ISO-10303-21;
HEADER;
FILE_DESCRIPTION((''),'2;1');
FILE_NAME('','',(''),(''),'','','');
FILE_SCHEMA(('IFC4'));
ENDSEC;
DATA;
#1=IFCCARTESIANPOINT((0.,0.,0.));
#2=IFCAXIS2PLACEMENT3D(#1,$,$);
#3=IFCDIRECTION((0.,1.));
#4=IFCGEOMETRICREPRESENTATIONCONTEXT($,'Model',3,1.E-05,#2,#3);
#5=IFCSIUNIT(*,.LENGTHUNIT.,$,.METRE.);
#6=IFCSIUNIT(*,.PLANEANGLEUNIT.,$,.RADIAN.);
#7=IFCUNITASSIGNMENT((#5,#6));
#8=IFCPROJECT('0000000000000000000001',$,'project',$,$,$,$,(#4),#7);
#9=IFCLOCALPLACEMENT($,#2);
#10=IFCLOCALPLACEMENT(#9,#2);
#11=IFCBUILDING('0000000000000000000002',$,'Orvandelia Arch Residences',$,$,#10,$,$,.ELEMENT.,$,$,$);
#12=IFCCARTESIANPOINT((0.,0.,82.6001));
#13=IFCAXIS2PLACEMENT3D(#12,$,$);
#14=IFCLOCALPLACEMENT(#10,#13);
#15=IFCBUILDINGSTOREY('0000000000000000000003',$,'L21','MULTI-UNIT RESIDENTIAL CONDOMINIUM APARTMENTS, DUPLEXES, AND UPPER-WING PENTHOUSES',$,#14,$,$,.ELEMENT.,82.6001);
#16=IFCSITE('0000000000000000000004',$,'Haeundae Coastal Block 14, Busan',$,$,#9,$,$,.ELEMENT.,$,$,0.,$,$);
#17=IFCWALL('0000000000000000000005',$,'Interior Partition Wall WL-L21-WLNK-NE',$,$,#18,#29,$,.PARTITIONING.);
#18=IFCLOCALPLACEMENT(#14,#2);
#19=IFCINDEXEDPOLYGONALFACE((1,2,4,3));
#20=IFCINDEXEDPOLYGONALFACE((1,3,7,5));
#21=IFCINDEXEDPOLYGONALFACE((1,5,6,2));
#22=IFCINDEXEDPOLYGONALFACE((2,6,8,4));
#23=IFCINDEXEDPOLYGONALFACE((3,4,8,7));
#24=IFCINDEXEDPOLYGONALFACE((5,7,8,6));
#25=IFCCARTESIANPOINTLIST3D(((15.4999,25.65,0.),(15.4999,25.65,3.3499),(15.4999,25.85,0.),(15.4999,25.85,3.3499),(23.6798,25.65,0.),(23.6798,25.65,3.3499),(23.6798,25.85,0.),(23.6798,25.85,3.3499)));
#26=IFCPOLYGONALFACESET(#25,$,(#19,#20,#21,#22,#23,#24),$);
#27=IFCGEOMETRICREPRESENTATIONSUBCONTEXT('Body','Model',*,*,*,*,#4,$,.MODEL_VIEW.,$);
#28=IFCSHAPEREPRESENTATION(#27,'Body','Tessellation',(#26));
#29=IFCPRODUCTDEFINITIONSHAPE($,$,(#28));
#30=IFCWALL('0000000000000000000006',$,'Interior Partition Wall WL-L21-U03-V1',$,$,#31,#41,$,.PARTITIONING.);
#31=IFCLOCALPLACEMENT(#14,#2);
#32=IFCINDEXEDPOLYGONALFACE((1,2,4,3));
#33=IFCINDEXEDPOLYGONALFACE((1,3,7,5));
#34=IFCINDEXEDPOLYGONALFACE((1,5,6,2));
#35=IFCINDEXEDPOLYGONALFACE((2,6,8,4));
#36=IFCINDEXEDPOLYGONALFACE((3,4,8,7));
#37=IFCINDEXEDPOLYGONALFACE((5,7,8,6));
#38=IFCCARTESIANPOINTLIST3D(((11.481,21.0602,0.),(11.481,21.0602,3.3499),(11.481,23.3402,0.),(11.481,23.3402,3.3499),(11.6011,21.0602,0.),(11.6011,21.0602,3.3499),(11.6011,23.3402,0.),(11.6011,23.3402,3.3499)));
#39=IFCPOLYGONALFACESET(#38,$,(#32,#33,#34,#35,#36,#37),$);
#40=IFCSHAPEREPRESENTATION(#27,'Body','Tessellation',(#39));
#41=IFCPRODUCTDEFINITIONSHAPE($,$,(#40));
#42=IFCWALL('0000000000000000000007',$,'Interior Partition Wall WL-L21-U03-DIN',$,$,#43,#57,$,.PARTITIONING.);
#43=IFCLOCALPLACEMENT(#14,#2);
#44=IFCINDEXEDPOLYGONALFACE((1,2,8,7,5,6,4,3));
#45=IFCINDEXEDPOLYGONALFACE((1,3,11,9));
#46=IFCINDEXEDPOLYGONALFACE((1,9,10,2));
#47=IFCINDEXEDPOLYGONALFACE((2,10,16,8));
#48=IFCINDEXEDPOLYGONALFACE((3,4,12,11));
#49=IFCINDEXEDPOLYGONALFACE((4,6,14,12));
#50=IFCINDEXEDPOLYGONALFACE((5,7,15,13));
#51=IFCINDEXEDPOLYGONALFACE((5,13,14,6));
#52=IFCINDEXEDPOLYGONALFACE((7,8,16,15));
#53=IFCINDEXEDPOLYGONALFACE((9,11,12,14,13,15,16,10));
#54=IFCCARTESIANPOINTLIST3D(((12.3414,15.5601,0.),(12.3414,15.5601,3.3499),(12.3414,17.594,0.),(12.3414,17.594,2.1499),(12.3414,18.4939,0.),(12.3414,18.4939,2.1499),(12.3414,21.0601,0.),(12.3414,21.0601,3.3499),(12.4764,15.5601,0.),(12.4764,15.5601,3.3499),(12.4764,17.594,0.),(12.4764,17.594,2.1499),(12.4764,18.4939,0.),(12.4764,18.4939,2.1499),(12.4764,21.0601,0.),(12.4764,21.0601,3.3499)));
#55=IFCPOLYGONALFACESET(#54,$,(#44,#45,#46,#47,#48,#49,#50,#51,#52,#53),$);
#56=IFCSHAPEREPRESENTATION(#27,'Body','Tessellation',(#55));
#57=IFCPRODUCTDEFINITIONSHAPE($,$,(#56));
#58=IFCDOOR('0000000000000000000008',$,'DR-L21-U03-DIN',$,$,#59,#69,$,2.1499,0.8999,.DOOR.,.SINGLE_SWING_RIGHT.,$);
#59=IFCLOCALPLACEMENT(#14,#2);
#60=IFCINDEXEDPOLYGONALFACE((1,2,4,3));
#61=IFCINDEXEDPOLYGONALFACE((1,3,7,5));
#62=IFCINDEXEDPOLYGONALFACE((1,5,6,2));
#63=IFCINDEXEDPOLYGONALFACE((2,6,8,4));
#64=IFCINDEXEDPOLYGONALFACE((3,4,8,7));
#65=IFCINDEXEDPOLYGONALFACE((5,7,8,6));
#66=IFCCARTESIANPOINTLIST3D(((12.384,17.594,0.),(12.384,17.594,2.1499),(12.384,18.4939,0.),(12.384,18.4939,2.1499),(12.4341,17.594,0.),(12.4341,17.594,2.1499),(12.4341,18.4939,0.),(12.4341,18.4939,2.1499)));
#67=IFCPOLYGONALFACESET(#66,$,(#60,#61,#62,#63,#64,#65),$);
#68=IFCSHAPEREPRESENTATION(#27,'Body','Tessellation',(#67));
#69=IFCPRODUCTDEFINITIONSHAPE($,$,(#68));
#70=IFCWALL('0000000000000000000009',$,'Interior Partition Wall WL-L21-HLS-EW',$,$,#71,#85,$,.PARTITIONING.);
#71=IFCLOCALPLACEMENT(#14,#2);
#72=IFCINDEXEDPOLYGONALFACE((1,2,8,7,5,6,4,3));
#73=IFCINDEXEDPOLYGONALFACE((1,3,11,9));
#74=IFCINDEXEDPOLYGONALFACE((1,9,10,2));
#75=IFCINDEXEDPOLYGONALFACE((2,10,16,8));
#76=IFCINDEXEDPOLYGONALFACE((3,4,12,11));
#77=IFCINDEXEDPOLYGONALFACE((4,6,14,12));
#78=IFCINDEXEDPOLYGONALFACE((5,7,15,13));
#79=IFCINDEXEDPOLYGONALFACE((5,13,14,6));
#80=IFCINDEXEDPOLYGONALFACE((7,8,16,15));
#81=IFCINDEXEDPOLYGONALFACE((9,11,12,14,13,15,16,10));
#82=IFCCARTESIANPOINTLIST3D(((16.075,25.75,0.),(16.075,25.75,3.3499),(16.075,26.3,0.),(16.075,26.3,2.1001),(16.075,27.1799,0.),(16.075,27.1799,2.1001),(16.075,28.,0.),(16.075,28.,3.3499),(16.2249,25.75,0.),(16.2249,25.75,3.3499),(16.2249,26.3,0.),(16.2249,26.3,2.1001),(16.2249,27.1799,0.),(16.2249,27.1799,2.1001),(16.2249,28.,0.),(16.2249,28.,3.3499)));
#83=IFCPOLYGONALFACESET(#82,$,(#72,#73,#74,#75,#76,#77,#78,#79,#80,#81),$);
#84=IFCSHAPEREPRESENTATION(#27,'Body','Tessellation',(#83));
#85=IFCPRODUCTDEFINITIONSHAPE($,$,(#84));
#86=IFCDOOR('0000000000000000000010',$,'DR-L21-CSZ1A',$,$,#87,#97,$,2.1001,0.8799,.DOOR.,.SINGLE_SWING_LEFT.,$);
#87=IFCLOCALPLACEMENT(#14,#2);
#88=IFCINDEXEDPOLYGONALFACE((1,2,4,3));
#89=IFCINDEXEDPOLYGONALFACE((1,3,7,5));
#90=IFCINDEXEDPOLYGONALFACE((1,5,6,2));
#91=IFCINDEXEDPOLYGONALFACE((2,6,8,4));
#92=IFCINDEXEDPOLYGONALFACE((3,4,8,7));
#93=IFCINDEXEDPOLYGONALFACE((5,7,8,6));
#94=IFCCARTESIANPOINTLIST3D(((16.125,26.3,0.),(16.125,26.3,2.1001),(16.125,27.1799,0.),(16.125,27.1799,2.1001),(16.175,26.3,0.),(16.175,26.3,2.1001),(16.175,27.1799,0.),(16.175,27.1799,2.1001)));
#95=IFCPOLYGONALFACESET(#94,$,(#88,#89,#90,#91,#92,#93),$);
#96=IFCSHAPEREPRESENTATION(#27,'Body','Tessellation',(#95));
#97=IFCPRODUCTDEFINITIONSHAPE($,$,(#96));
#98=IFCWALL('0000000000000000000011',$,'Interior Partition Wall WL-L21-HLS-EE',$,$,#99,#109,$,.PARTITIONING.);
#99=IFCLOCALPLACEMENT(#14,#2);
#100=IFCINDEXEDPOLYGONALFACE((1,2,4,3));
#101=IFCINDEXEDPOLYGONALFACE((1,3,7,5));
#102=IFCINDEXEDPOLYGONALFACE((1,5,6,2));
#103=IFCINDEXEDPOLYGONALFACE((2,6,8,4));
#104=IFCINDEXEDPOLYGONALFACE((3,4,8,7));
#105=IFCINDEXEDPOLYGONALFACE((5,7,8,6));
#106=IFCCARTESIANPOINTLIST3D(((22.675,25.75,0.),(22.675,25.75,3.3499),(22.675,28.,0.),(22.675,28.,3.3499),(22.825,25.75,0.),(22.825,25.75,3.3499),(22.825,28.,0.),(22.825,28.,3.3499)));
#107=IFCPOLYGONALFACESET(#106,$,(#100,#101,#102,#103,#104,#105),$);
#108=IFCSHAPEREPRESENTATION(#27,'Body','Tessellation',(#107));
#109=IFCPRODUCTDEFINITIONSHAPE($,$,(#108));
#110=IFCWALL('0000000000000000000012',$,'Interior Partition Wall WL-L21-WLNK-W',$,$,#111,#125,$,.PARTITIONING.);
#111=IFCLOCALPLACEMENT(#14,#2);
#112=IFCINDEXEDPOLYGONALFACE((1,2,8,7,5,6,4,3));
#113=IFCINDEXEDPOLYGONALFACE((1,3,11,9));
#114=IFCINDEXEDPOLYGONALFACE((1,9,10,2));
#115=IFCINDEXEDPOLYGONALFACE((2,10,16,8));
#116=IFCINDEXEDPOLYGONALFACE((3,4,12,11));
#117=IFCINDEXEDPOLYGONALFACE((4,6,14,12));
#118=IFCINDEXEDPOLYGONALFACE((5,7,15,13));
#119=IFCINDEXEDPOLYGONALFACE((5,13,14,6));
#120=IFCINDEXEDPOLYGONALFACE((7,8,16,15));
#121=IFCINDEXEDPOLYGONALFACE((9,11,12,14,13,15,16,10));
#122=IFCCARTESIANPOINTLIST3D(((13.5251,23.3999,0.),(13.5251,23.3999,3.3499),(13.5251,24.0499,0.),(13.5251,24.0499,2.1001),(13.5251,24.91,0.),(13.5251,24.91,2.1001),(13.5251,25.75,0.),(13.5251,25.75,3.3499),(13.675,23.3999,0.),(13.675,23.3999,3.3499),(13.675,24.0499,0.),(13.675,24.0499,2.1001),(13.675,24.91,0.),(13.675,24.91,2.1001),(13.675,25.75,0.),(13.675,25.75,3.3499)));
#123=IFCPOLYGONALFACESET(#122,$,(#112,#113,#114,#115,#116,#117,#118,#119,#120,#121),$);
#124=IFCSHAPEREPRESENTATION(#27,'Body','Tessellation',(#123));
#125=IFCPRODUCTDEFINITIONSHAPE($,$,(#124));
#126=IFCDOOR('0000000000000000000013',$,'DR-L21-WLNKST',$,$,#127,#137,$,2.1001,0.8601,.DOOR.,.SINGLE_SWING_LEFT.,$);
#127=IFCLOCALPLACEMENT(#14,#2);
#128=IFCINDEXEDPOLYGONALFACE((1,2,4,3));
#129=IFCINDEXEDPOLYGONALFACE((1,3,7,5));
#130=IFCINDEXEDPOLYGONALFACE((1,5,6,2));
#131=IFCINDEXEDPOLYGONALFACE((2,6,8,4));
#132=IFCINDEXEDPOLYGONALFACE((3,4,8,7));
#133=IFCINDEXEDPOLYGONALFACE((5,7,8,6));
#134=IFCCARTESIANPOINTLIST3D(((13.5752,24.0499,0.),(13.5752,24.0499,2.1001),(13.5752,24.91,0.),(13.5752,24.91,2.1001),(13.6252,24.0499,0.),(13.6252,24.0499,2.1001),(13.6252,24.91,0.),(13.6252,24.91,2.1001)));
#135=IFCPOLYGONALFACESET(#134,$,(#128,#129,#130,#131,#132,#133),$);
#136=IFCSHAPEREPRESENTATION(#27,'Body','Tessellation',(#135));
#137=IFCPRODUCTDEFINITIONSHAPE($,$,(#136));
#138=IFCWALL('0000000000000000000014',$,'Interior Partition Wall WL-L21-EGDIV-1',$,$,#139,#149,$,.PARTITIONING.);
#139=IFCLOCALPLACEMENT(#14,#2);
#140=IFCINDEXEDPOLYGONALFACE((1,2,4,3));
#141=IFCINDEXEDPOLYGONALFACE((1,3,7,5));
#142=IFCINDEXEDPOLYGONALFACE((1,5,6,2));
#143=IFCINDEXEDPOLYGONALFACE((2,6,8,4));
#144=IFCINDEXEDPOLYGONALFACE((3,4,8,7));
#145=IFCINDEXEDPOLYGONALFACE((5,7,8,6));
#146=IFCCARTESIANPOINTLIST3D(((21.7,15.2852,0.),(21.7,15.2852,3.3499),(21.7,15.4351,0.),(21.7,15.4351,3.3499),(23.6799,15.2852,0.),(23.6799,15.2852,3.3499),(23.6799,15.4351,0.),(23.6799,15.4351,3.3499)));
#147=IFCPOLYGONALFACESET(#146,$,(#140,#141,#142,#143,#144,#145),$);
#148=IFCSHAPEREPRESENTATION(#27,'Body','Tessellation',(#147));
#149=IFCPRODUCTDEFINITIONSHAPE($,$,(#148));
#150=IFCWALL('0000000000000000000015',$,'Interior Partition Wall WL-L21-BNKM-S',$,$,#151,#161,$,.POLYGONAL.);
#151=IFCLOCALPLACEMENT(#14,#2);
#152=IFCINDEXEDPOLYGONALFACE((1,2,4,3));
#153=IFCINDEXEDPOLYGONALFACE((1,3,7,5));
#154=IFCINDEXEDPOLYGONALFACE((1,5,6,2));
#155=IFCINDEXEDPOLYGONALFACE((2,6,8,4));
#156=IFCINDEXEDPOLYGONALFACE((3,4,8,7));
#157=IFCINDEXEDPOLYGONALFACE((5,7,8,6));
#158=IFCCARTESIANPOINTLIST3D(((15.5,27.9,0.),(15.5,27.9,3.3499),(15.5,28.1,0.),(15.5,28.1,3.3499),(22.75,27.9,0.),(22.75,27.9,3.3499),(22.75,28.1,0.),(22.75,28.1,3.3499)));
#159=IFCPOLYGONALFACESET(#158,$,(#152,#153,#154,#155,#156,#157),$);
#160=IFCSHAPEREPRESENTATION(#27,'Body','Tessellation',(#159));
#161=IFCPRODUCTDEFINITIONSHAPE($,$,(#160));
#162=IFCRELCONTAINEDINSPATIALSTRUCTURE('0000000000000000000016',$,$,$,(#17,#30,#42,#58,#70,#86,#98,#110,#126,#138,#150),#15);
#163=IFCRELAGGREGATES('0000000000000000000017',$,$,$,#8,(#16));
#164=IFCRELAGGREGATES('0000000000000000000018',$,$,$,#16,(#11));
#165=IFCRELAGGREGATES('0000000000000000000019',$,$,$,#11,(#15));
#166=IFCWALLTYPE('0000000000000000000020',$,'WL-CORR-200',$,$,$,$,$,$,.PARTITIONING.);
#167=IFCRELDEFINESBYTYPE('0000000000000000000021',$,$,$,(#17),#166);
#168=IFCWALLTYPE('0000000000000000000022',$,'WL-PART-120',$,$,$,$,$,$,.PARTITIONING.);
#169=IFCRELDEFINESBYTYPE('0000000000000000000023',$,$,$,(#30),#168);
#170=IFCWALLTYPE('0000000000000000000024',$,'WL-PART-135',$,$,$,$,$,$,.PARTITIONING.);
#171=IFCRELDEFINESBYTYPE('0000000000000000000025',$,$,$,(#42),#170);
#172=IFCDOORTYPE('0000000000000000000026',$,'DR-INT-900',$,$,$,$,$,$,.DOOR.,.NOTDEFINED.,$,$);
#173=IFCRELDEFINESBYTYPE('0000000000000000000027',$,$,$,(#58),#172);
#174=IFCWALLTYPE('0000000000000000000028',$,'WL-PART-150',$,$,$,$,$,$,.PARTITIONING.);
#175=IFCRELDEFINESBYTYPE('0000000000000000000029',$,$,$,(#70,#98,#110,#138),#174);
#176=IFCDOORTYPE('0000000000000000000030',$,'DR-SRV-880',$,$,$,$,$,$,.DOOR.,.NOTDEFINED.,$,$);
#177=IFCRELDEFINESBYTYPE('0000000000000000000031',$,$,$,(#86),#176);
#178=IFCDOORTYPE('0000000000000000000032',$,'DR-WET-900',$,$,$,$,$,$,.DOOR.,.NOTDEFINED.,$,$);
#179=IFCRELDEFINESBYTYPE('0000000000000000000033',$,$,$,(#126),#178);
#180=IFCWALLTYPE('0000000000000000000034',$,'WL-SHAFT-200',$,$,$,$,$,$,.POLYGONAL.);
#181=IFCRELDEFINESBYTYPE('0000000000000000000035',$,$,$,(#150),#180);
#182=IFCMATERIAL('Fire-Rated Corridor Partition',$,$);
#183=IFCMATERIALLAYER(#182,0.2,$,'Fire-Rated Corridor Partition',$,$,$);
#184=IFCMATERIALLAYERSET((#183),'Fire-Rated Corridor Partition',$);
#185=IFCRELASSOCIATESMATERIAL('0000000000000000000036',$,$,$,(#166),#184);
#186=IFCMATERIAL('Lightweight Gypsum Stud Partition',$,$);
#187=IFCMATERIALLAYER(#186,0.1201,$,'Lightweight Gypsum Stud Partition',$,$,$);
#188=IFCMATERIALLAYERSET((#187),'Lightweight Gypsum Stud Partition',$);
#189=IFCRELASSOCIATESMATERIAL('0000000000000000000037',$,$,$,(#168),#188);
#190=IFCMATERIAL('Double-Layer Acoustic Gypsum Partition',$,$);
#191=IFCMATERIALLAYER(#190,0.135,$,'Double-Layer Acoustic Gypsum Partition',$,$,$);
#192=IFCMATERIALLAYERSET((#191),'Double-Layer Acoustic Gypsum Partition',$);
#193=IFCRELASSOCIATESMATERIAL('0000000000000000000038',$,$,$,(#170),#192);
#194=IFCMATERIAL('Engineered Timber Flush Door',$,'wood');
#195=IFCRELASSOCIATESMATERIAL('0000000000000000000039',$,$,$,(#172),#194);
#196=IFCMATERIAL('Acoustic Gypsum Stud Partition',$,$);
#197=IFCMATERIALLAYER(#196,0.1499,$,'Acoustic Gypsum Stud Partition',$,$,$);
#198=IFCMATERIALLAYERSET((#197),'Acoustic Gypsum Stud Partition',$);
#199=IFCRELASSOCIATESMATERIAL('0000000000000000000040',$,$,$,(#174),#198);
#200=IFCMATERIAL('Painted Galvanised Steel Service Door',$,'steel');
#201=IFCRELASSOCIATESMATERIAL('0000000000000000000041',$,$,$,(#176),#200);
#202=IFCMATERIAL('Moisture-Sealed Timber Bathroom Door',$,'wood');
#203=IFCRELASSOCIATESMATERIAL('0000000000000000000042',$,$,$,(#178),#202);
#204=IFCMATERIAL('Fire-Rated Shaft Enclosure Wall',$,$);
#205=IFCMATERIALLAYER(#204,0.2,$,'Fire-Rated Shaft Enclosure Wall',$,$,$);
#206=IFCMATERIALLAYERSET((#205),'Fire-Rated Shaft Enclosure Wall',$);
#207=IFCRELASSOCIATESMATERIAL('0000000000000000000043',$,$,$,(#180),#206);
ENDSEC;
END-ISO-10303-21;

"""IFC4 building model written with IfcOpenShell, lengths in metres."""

from ifc_helpers import new_model, si_unit, direction, frame, frame_2d, origin, place, context, subcontext, project, spatial, rectangle, extrude, material, layer, layer_set, type_object, element, fill, save


model = new_model("IFC4")

# Units and contexts
model_context = context("Model", 3, precision=1e-05, world=origin(), true_north=direction((0.0, 1.0)))
body_context = subcontext(model_context, "Body", "Model", "MODEL_VIEW")
ifc_project = project(units=[si_unit("LENGTHUNIT", "METRE"), si_unit("PLANEANGLEUNIT", "RADIAN")], contexts=[model_context])

# Site, building, storey
site_placement = place(None, origin())
site = spatial("IfcSite", under=ifc_project, at=site_placement, Name="Haeundae Coastal Block 14, Busan", CompositionType="ELEMENT", RefElevation=0.0)
building_placement = place(site_placement, origin())
building = spatial("IfcBuilding", under=site, at=building_placement, Name="Orvandelia Arch Residences", CompositionType="ELEMENT")
storey_placement = place(building_placement, frame((0.0, 0.0, 82.6001)))
storey = spatial("IfcBuildingStorey", under=building, at=storey_placement, Name="L21", Description="MULTI-UNIT RESIDENTIAL CONDOMINIUM APARTMENTS, DUPLEXES, AND UPPER-WING PENTHOUSES", CompositionType="ELEMENT", Elevation=82.6001)

# Walls
ifc_material_1 = material(Name="Fire-Rated Corridor Partition")
ifc_layer_1 = layer(ifc_material_1, 0.2, Name="Fire-Rated Corridor Partition")
ifc_layer_set_1 = layer_set([ifc_layer_1], Name="Fire-Rated Corridor Partition")
wall_type_1 = type_object("IfcWallType", Name="WL-CORR-200", PredefinedType="PARTITIONING", material=ifc_layer_set_1)
wall_1_placement = place(storey_placement, frame((15.5, 25.75, 0.0), z_axis=(0.0, 0.0, 1.0), x_axis=(1.0, 0.0, 0.0)))
element("IfcWall", 1, at=wall_1_placement, inside=storey, type_object=wall_type_1, Name="Interior Partition Wall WL-L21-WLNK-NE", PredefinedType="PARTITIONING", context=body_context, shape_type="SweptSolid", body=[
    extrude(rectangle(XDim=8.1799, YDim=0.2, at=frame_2d((4.0898, 0.0))), origin(), (0.0, 0.0, 1.0), 3.3499),
])
ifc_material_2 = material(Name="Lightweight Gypsum Stud Partition")
ifc_layer_2 = layer(ifc_material_2, 0.1201, Name="Lightweight Gypsum Stud Partition")
ifc_layer_set_2 = layer_set([ifc_layer_2], Name="Lightweight Gypsum Stud Partition")
wall_type_2 = type_object("IfcWallType", Name="WL-PART-120", PredefinedType="PARTITIONING", material=ifc_layer_set_2)
wall_2_placement = place(storey_placement, frame((11.541, 21.0601, 0.0), z_axis=(0.0, 0.0, 1.0), x_axis=(0.0, 1.0, 0.0)))
element("IfcWall", 2, at=wall_2_placement, inside=storey, type_object=wall_type_2, Name="Interior Partition Wall WL-L21-U03-V1", PredefinedType="PARTITIONING", context=body_context, shape_type="SweptSolid", body=[
    extrude(rectangle(XDim=2.28, YDim=0.1201, at=frame_2d((1.1401, 0.0))), origin(), (0.0, 0.0, 1.0), 3.3499),
])

# Walls, openings, doors
ifc_material_3 = material(Name="Double-Layer Acoustic Gypsum Partition")
ifc_layer_3 = layer(ifc_material_3, 0.135, Name="Double-Layer Acoustic Gypsum Partition")
ifc_layer_set_3 = layer_set([ifc_layer_3], Name="Double-Layer Acoustic Gypsum Partition")
wall_type_3 = type_object("IfcWallType", Name="WL-PART-135", PredefinedType="PARTITIONING", material=ifc_layer_set_3)
wall_3_placement = place(storey_placement, frame((12.4089, 15.5601, 0.0), z_axis=(0.0, 0.0, 1.0), x_axis=(0.0, 1.0, 0.0)))
wall_3 = element("IfcWall", 3, at=wall_3_placement, inside=storey, type_object=wall_type_3, Name="Interior Partition Wall WL-L21-U03-DIN", PredefinedType="PARTITIONING", context=body_context, shape_type="SweptSolid", body=[
    extrude(rectangle(XDim=5.5, YDim=0.135, at=frame_2d((2.75, 0.0))), origin(), (0.0, 0.0, 1.0), 3.3499),
])
opening_1_placement = place(wall_3_placement, frame((2.0339, 0.0, 0.0)))
opening_1 = element("IfcOpeningElement", 4, at=opening_1_placement, cuts=wall_3, PredefinedType="OPENING", context=body_context, shape_type="SweptSolid", body=[
    extrude(rectangle(XDim=0.8999, YDim=2.1499, at=frame_2d((0.45, 1.075))), frame((0.0, 0.0776, 0.0), z_axis=(0.0, -1.0, 0.0), x_axis=(1.0, 0.0, 0.0)), (0.0, 0.0, 1.0), 0.155),
])
ifc_material_4 = material(Name="Engineered Timber Flush Door", Category="wood")
door_type_1 = type_object("IfcDoorType", Name="DR-INT-900", OperationType="NOTDEFINED", PredefinedType="DOOR", material=ifc_material_4)
door_1_placement = place(opening_1_placement, origin())
door_1 = element("IfcDoor", 5, at=door_1_placement, inside=storey, type_object=door_type_1, Name="DR-L21-U03-DIN", OperationType="SINGLE_SWING_RIGHT", OverallHeight=2.1499, OverallWidth=0.8999, PredefinedType="DOOR", context=body_context, shape_type="SweptSolid", body=[
    extrude(rectangle(XDim=0.8999, YDim=2.1499, at=frame_2d((0.45, 1.075))), frame((0.0, 0.0249, 0.0), z_axis=(0.0, -1.0, 0.0), x_axis=(1.0, 0.0, 0.0)), (0.0, 0.0, 1.0), 0.05),
])
fill(opening_1, door_1)
ifc_material_5 = material(Name="Acoustic Gypsum Stud Partition")
ifc_layer_4 = layer(ifc_material_5, 0.1499, Name="Acoustic Gypsum Stud Partition")
ifc_layer_set_4 = layer_set([ifc_layer_4], Name="Acoustic Gypsum Stud Partition")
wall_type_4 = type_object("IfcWallType", Name="WL-PART-150", PredefinedType="PARTITIONING", material=ifc_layer_set_4)
wall_4_placement = place(storey_placement, frame((16.1499, 25.75, 0.0), z_axis=(0.0, 0.0, 1.0), x_axis=(0.0, 1.0, 0.0)))
wall_4 = element("IfcWall", 6, at=wall_4_placement, inside=storey, type_object=wall_type_4, Name="Interior Partition Wall WL-L21-HLS-EW", PredefinedType="PARTITIONING", context=body_context, shape_type="SweptSolid", body=[
    extrude(rectangle(XDim=2.25, YDim=0.1499, at=frame_2d((1.125, 0.0))), origin(), (0.0, 0.0, 1.0), 3.3499),
])
opening_2_placement = place(wall_4_placement, frame((0.55, 0.0, 0.0)))
opening_2 = element("IfcOpeningElement", 7, at=opening_2_placement, cuts=wall_4, PredefinedType="OPENING", context=body_context, shape_type="SweptSolid", body=[
    extrude(rectangle(XDim=0.8799, YDim=2.1001, at=frame_2d((0.4399, 1.05))), frame((0.0, 0.085, 0.0), z_axis=(0.0, -1.0, 0.0), x_axis=(1.0, 0.0, 0.0)), (0.0, 0.0, 1.0), 0.1699),
])
ifc_material_6 = material(Name="Painted Galvanised Steel Service Door", Category="steel")
door_type_2 = type_object("IfcDoorType", Name="DR-SRV-880", OperationType="NOTDEFINED", PredefinedType="DOOR", material=ifc_material_6)
door_2_placement = place(opening_2_placement, origin())
door_2 = element("IfcDoor", 8, at=door_2_placement, inside=storey, type_object=door_type_2, Name="DR-L21-CSZ1A", OperationType="SINGLE_SWING_LEFT", OverallHeight=2.1001, OverallWidth=0.8799, PredefinedType="DOOR", context=body_context, shape_type="SweptSolid", body=[
    extrude(rectangle(XDim=0.8799, YDim=2.1001, at=frame_2d((0.4399, 1.05))), frame((0.0, 0.0249, 0.0), z_axis=(0.0, -1.0, 0.0), x_axis=(1.0, 0.0, 0.0)), (0.0, 0.0, 1.0), 0.05),
])
fill(opening_2, door_2)

# Wall
wall_5_placement = place(storey_placement, frame((22.75, 25.75, 0.0), z_axis=(0.0, 0.0, 1.0), x_axis=(0.0, 1.0, 0.0)))
element("IfcWall", 9, at=wall_5_placement, inside=storey, type_object=wall_type_4, Name="Interior Partition Wall WL-L21-HLS-EE", PredefinedType="PARTITIONING", context=body_context, shape_type="SweptSolid", body=[
    extrude(rectangle(XDim=2.25, YDim=0.1499, at=frame_2d((1.125, 0.0))), origin(), (0.0, 0.0, 1.0), 3.3499),
])

# Wall, opening, door
wall_6_placement = place(storey_placement, frame((13.6001, 23.3999, 0.0), z_axis=(0.0, 0.0, 1.0), x_axis=(0.0, 1.0, 0.0)))
wall_6 = element("IfcWall", 10, at=wall_6_placement, inside=storey, type_object=wall_type_4, Name="Interior Partition Wall WL-L21-WLNK-W", PredefinedType="PARTITIONING", context=body_context, shape_type="SweptSolid", body=[
    extrude(rectangle(XDim=2.3501, YDim=0.1499, at=frame_2d((1.175, 0.0))), origin(), (0.0, 0.0, 1.0), 3.3499),
])
opening_3_placement = place(wall_6_placement, frame((0.6499, 0.0, 0.0)))
opening_3 = element("IfcOpeningElement", 11, at=opening_3_placement, cuts=wall_6, PredefinedType="OPENING", context=body_context, shape_type="SweptSolid", body=[
    extrude(rectangle(XDim=0.8601, YDim=2.1001, at=frame_2d((0.4302, 1.05))), frame((0.0, 0.085, 0.0), z_axis=(0.0, -1.0, 0.0), x_axis=(1.0, 0.0, 0.0)), (0.0, 0.0, 1.0), 0.1699),
])
ifc_material_7 = material(Name="Moisture-Sealed Timber Bathroom Door", Category="wood")
door_type_3 = type_object("IfcDoorType", Name="DR-WET-900", OperationType="NOTDEFINED", PredefinedType="DOOR", material=ifc_material_7)
door_3_placement = place(opening_3_placement, origin())
door_3 = element("IfcDoor", 12, at=door_3_placement, inside=storey, type_object=door_type_3, Name="DR-L21-WLNKST", OperationType="SINGLE_SWING_LEFT", OverallHeight=2.1001, OverallWidth=0.8601, PredefinedType="DOOR", context=body_context, shape_type="SweptSolid", body=[
    extrude(rectangle(XDim=0.8601, YDim=2.1001, at=frame_2d((0.4302, 1.05))), frame((0.0, 0.0249, 0.0), z_axis=(0.0, -1.0, 0.0), x_axis=(1.0, 0.0, 0.0)), (0.0, 0.0, 1.0), 0.05),
])
fill(opening_3, door_3)

# Wall
wall_7_placement = place(storey_placement, frame((21.7, 15.3601, 0.0), z_axis=(0.0, 0.0, 1.0), x_axis=(1.0, 0.0, 0.0)))
element("IfcWall", 13, at=wall_7_placement, inside=storey, type_object=wall_type_4, Name="Interior Partition Wall WL-L21-EGDIV-1", PredefinedType="PARTITIONING", context=body_context, shape_type="SweptSolid", body=[
    extrude(rectangle(XDim=1.98, YDim=0.1499, at=frame_2d((0.99, 0.0))), origin(), (0.0, 0.0, 1.0), 3.3499),
])

# Shared definitions
ifc_material_8 = material(Name="Fire-Rated Shaft Enclosure Wall")
ifc_layer_5 = layer(ifc_material_8, 0.2, Name="Fire-Rated Shaft Enclosure Wall")
ifc_layer_set_5 = layer_set([ifc_layer_5], Name="Fire-Rated Shaft Enclosure Wall")
wall_type_5 = type_object("IfcWallType", Name="WL-SHAFT-200", PredefinedType="POLYGONAL", material=ifc_layer_set_5)

# Wall
wall_8_placement = place(storey_placement, frame((15.5, 28.0, 0.0), z_axis=(0.0, 0.0, 1.0), x_axis=(1.0, 0.0, 0.0)))
element("IfcWall", 14, at=wall_8_placement, inside=storey, type_object=wall_type_5, Name="Interior Partition Wall WL-L21-BNKM-S", PredefinedType="POLYGONAL", context=body_context, shape_type="SweptSolid", body=[
    extrude(rectangle(XDim=7.25, YDim=0.2, at=frame_2d((3.625, 0.0))), origin(), (0.0, 0.0, 1.0), 3.3499),
])

save(model, "model.ifc")
